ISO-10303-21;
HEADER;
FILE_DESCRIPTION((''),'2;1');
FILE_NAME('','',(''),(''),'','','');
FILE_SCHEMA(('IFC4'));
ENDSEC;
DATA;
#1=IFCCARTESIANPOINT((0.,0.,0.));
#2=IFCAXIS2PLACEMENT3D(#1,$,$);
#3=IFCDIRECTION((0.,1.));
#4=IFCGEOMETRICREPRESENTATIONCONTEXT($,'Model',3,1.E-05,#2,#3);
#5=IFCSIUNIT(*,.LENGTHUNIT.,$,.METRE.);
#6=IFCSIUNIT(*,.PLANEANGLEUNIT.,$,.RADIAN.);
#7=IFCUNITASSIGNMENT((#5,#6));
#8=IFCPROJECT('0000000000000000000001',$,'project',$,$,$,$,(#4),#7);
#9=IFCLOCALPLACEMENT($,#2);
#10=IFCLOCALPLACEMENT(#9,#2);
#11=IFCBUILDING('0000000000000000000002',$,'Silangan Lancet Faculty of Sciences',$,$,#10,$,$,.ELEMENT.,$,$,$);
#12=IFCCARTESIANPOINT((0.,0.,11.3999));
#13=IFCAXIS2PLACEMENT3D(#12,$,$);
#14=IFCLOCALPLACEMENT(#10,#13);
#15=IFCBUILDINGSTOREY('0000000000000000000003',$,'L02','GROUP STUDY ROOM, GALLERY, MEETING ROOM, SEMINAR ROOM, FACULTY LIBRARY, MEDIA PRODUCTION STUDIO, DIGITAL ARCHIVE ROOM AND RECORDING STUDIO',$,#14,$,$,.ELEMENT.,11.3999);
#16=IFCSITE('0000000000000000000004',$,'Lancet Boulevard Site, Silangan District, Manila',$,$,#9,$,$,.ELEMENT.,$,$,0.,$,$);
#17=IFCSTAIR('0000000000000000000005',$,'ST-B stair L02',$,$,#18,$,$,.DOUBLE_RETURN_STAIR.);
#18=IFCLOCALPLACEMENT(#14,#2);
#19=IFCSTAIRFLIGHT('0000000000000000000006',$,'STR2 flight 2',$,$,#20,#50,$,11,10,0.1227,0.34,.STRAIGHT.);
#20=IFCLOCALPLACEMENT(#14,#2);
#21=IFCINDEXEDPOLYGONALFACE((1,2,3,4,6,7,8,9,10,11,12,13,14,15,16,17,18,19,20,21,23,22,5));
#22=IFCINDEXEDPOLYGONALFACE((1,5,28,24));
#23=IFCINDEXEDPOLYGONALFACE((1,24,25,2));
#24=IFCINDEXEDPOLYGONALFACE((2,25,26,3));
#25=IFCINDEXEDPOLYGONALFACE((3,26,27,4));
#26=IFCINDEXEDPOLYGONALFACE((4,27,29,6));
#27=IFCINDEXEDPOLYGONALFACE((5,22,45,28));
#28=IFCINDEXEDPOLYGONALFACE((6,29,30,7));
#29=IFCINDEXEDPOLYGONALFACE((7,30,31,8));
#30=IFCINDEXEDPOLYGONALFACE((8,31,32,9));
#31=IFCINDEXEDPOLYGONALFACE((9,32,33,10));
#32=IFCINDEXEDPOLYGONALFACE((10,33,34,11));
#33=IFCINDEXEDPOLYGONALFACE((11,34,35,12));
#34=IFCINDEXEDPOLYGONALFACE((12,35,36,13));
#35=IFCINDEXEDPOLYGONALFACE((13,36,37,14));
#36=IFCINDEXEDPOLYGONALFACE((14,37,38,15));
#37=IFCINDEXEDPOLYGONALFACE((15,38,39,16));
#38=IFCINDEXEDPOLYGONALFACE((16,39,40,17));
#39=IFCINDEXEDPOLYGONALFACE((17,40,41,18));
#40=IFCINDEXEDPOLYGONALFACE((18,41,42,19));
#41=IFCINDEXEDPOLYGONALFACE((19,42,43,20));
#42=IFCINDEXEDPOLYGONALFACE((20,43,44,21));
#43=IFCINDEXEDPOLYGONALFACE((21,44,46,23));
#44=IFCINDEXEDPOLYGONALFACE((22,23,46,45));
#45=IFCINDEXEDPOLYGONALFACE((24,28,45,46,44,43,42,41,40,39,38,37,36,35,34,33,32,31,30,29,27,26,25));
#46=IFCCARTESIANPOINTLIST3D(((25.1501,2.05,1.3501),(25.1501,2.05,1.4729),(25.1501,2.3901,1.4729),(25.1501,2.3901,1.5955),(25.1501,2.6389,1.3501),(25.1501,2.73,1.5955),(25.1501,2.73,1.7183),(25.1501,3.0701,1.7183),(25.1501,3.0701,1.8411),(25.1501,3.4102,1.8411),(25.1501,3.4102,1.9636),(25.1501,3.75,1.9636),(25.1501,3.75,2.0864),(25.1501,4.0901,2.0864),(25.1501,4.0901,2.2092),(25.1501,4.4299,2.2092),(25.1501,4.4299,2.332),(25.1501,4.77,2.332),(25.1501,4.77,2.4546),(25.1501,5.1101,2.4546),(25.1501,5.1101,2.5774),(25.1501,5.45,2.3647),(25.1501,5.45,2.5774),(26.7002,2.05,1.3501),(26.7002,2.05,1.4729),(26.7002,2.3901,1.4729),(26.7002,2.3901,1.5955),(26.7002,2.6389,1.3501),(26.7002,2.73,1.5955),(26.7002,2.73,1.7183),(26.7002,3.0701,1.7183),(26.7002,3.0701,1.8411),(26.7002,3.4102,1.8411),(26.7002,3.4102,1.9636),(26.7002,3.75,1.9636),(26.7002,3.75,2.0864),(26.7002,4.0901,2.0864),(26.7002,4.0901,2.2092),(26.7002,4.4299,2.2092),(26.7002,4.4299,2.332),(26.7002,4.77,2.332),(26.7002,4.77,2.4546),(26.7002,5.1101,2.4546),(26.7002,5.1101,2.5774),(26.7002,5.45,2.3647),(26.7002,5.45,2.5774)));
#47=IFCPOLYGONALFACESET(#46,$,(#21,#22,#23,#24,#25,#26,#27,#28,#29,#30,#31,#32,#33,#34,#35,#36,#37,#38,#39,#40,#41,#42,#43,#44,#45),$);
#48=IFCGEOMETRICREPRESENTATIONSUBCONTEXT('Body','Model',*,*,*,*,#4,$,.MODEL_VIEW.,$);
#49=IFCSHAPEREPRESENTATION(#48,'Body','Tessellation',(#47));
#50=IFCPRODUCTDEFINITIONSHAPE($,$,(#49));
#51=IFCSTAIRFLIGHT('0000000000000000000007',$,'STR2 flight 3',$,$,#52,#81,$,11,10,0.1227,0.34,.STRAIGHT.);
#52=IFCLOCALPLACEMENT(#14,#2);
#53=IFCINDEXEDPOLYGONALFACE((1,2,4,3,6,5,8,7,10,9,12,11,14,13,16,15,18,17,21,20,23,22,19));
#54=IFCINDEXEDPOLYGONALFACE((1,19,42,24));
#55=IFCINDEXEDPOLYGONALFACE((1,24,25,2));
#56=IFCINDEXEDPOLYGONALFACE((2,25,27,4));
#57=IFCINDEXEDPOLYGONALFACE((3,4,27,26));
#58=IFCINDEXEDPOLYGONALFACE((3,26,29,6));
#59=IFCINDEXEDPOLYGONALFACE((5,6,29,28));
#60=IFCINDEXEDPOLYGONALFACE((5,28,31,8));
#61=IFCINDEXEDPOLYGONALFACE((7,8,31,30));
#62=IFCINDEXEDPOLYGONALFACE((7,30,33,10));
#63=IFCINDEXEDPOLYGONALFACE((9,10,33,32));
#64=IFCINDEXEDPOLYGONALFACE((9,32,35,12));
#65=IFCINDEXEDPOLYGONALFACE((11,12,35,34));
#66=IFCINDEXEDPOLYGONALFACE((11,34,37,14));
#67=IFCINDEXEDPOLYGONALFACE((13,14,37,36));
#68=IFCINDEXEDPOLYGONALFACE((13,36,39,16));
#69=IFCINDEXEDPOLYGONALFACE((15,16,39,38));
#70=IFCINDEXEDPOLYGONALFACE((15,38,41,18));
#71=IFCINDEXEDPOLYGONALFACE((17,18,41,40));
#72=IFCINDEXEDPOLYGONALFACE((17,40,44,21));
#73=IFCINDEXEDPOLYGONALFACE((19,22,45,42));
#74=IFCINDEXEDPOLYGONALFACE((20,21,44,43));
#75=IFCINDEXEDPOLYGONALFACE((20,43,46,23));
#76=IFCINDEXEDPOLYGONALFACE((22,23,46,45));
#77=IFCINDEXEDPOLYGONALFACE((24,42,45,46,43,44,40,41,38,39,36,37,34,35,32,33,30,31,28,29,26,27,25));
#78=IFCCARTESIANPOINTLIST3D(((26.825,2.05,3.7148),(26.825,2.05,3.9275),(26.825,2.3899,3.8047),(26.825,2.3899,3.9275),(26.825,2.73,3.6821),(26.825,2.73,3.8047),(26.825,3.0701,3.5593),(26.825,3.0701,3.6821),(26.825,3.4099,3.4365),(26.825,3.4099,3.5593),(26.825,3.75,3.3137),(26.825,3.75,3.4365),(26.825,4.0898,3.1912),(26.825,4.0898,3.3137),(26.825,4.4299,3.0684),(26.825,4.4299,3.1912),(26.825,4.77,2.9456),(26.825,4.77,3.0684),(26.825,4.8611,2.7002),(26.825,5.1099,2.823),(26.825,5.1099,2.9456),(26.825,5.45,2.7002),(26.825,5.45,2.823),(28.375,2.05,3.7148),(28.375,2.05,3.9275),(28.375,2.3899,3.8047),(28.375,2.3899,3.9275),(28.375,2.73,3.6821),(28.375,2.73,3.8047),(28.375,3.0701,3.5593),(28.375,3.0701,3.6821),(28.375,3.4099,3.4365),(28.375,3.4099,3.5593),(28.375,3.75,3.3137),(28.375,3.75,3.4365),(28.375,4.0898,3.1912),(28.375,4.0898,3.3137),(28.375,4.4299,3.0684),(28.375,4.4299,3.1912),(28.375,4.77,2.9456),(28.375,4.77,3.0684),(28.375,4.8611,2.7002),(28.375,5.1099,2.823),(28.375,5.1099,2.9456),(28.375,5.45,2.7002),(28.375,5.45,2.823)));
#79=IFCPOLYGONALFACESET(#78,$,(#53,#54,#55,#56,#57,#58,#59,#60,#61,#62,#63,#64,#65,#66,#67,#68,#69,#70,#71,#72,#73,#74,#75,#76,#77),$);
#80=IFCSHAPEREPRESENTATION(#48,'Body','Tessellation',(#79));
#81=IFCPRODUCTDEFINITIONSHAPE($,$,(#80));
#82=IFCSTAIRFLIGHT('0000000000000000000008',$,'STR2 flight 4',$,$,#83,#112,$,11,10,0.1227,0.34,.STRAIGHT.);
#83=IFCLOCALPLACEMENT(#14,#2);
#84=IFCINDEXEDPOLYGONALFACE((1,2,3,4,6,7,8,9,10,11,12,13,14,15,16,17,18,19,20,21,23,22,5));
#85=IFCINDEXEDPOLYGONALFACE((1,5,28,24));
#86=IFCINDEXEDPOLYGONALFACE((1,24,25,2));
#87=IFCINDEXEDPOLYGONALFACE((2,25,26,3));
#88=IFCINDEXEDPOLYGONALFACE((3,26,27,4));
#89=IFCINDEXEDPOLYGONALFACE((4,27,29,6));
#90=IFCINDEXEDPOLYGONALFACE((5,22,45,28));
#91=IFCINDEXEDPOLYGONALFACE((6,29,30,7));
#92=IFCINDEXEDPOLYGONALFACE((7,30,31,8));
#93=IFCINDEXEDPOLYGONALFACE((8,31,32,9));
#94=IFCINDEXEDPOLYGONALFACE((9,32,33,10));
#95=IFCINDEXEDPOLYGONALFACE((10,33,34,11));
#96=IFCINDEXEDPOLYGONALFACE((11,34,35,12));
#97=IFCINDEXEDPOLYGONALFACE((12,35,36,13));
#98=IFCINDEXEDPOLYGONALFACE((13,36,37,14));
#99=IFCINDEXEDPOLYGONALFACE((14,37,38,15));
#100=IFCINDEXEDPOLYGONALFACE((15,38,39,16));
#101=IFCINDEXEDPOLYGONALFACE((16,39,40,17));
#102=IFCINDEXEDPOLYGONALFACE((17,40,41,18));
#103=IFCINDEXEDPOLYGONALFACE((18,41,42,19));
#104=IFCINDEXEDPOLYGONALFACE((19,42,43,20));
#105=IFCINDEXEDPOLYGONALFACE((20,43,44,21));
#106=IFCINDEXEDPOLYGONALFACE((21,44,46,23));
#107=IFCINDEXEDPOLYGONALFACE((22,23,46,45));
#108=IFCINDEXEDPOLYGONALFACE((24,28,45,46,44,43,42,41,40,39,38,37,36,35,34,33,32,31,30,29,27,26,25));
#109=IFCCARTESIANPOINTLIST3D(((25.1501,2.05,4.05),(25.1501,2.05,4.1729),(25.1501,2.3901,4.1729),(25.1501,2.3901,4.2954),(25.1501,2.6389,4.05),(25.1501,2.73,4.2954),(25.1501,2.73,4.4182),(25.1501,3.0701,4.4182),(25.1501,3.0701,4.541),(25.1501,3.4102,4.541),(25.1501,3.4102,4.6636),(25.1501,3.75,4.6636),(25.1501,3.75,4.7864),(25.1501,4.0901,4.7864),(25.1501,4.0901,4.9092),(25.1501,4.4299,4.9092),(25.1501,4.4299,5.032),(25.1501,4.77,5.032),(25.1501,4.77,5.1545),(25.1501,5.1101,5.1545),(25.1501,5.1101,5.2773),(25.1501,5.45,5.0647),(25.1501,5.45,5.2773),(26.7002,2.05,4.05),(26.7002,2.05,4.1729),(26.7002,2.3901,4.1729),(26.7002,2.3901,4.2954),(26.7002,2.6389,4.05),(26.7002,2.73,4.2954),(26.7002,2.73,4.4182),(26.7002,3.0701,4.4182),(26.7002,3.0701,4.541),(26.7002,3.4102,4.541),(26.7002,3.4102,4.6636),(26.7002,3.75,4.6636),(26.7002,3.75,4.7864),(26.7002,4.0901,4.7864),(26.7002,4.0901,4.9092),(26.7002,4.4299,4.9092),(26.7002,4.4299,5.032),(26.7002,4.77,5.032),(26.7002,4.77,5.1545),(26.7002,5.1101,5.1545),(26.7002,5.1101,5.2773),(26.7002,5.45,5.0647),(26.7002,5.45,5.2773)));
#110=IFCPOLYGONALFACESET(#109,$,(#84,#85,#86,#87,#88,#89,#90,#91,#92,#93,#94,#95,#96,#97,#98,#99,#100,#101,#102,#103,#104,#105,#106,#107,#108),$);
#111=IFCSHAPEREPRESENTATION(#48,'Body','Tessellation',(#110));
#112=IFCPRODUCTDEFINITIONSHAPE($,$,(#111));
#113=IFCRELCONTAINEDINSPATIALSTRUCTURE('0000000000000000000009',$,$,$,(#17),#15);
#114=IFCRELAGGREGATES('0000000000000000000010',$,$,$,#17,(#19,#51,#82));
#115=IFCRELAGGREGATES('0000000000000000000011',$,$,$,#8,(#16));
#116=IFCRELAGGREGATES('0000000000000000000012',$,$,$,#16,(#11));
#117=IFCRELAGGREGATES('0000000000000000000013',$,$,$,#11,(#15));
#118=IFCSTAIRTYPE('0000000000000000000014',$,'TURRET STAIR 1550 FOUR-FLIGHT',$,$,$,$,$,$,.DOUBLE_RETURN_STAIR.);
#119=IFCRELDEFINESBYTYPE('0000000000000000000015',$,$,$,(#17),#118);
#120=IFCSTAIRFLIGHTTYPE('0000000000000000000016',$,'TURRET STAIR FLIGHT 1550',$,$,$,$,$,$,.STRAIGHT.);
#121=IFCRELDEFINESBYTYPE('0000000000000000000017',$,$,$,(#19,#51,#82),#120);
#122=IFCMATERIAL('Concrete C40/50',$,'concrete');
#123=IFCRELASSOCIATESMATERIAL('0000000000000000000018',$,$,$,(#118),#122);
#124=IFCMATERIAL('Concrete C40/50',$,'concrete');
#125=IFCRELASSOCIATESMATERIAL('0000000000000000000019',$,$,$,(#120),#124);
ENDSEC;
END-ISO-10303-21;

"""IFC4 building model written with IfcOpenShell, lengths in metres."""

from ifc_helpers import new_model, si_unit, direction, frame, origin, place, context, subcontext, project, spatial, polyline, outline, extrude, material, type_object, element, aggregate, save


model = new_model("IFC4")

# Units and contexts
model_context = context("Model", 3, precision=1e-05, world=origin(), true_north=direction((0.0, 1.0)))
body_context = subcontext(model_context, "Body", "Model", "MODEL_VIEW")
ifc_project = project(units=[si_unit("LENGTHUNIT", "METRE"), si_unit("PLANEANGLEUNIT", "RADIAN")], contexts=[model_context])

# Site, building, storey
site_placement = place(None, origin())
site = spatial("IfcSite", under=ifc_project, at=site_placement, Name="Lancet Boulevard Site, Silangan District, Manila", CompositionType="ELEMENT", RefElevation=0.0)
building_placement = place(site_placement, origin())
building = spatial("IfcBuilding", under=site, at=building_placement, Name="Silangan Lancet Faculty of Sciences", CompositionType="ELEMENT")
storey_placement = place(building_placement, frame((0.0, 0.0, 11.3999)))
storey = spatial("IfcBuildingStorey", under=building, at=storey_placement, Name="L02", Description="GROUP STUDY ROOM, GALLERY, MEETING ROOM, SEMINAR ROOM, FACULTY LIBRARY, MEDIA PRODUCTION STUDIO, DIGITAL ARCHIVE ROOM AND RECORDING STUDIO", CompositionType="ELEMENT", Elevation=11.3999)

# Stair, stair flights
ifc_material_1 = material(Name="Concrete C40/50", Category="concrete")
stair_type = type_object("IfcStairType", Name="TURRET STAIR 1550 FOUR-FLIGHT", PredefinedType="DOUBLE_RETURN_STAIR", material=ifc_material_1)
stair_placement = place(storey_placement, origin())
stair = element("IfcStair", 1, at=stair_placement, inside=storey, type_object=stair_type, Name="ST-B stair L02", PredefinedType="DOUBLE_RETURN_STAIR")
ifc_material_2 = material(Name="Concrete C40/50", Category="concrete")
stair_flight_type = type_object("IfcStairFlightType", Name="TURRET STAIR FLIGHT 1550", PredefinedType="STRAIGHT", material=ifc_material_2)
stair_flight_1_placement = place(storey_placement, frame((25.925, 2.05, 1.3501), z_axis=(0.0, 0.0, 1.0), x_axis=(0.0, 1.0, 0.0)))
stair_flight_1 = element("IfcStairFlight", 2, at=stair_flight_1_placement, type_object=stair_flight_type, Name="STR2 flight 2", NumberOfRisers=11, NumberOfTreads=10, PredefinedType="STRAIGHT", RiserHeight=0.1227, TreadLength=0.34, context=body_context, shape_type="SweptSolid", body=[
    extrude(outline(polyline([(0.0, 0.0), (0.0, 0.1228), (0.3401, 0.1228), (0.3401, 0.2454), (0.6799, 0.2454), (0.6799, 0.3682), (1.02, 0.3682), (1.02, 0.491), (1.3601, 0.491), (1.3601, 0.6135), (1.7, 0.6135), (1.7, 0.7363), (2.04, 0.7363), (2.04, 0.8591), (2.3799, 0.8591), (2.3799, 0.9819), (2.72, 0.9819), (2.72, 1.1045), (3.0601, 1.1045), (3.0601, 1.2273), (3.3999, 1.2273), (3.3999, 1.3501), (3.3999, 1.0146), (0.5889, 0.0), (0.0, 0.0)])), frame((0.0, 0.7749, 0.0), z_axis=(0.0, -1.0, 0.0), x_axis=(1.0, 0.0, 0.0)), (0.0, 0.0, 1.0), 1.55),
])
stair_flight_2_placement = place(storey_placement, frame((27.6001, 5.45, 2.7002), z_axis=(0.0, 0.0, 1.0), x_axis=(0.0, -1.0, 0.0)))
stair_flight_2 = element("IfcStairFlight", 3, at=stair_flight_2_placement, type_object=stair_flight_type, Name="STR2 flight 3", NumberOfRisers=11, NumberOfTreads=10, PredefinedType="STRAIGHT", RiserHeight=0.1227, TreadLength=0.34, context=body_context, shape_type="SweptSolid", body=[
    extrude(outline(polyline([(0.0, 0.0), (0.0, 0.1228), (0.3401, 0.1228), (0.3401, 0.2454), (0.6799, 0.2454), (0.6799, 0.3682), (1.02, 0.3682), (1.02, 0.491), (1.3601, 0.491), (1.3601, 0.6135), (1.7, 0.6135), (1.7, 0.7363), (2.04, 0.7363), (2.04, 0.8591), (2.3799, 0.8591), (2.3799, 0.9819), (2.72, 0.9819), (2.72, 1.1045), (3.0601, 1.1045), (3.0601, 1.2273), (3.3999, 1.2273), (3.3999, 1.3501), (3.3999, 1.0146), (0.5889, 0.0), (0.0, 0.0)])), frame((0.0, 0.7749, 0.0), z_axis=(0.0, -1.0, 0.0), x_axis=(1.0, 0.0, 0.0)), (0.0, 0.0, 1.0), 1.55),
])
stair_flight_3_placement = place(storey_placement, frame((25.925, 2.05, 4.05), z_axis=(0.0, 0.0, 1.0), x_axis=(0.0, 1.0, 0.0)))
stair_flight_3 = element("IfcStairFlight", 4, at=stair_flight_3_placement, type_object=stair_flight_type, Name="STR2 flight 4", NumberOfRisers=11, NumberOfTreads=10, PredefinedType="STRAIGHT", RiserHeight=0.1227, TreadLength=0.34, context=body_context, shape_type="SweptSolid", body=[
    extrude(outline(polyline([(0.0, 0.0), (0.0, 0.1228), (0.3401, 0.1228), (0.3401, 0.2454), (0.6799, 0.2454), (0.6799, 0.3682), (1.02, 0.3682), (1.02, 0.491), (1.3601, 0.491), (1.3601, 0.6135), (1.7, 0.6135), (1.7, 0.7363), (2.04, 0.7363), (2.04, 0.8591), (2.3799, 0.8591), (2.3799, 0.9819), (2.72, 0.9819), (2.72, 1.1045), (3.0601, 1.1045), (3.0601, 1.2273), (3.3999, 1.2273), (3.3999, 1.3501), (3.3999, 1.0146), (0.5889, 0.0), (0.0, 0.0)])), frame((0.0, 0.7749, 0.0), z_axis=(0.0, -1.0, 0.0), x_axis=(1.0, 0.0, 0.0)), (0.0, 0.0, 1.0), 1.55),
])
aggregate(stair, [stair_flight_1, stair_flight_2, stair_flight_3])

save(model, "model.ifc")
